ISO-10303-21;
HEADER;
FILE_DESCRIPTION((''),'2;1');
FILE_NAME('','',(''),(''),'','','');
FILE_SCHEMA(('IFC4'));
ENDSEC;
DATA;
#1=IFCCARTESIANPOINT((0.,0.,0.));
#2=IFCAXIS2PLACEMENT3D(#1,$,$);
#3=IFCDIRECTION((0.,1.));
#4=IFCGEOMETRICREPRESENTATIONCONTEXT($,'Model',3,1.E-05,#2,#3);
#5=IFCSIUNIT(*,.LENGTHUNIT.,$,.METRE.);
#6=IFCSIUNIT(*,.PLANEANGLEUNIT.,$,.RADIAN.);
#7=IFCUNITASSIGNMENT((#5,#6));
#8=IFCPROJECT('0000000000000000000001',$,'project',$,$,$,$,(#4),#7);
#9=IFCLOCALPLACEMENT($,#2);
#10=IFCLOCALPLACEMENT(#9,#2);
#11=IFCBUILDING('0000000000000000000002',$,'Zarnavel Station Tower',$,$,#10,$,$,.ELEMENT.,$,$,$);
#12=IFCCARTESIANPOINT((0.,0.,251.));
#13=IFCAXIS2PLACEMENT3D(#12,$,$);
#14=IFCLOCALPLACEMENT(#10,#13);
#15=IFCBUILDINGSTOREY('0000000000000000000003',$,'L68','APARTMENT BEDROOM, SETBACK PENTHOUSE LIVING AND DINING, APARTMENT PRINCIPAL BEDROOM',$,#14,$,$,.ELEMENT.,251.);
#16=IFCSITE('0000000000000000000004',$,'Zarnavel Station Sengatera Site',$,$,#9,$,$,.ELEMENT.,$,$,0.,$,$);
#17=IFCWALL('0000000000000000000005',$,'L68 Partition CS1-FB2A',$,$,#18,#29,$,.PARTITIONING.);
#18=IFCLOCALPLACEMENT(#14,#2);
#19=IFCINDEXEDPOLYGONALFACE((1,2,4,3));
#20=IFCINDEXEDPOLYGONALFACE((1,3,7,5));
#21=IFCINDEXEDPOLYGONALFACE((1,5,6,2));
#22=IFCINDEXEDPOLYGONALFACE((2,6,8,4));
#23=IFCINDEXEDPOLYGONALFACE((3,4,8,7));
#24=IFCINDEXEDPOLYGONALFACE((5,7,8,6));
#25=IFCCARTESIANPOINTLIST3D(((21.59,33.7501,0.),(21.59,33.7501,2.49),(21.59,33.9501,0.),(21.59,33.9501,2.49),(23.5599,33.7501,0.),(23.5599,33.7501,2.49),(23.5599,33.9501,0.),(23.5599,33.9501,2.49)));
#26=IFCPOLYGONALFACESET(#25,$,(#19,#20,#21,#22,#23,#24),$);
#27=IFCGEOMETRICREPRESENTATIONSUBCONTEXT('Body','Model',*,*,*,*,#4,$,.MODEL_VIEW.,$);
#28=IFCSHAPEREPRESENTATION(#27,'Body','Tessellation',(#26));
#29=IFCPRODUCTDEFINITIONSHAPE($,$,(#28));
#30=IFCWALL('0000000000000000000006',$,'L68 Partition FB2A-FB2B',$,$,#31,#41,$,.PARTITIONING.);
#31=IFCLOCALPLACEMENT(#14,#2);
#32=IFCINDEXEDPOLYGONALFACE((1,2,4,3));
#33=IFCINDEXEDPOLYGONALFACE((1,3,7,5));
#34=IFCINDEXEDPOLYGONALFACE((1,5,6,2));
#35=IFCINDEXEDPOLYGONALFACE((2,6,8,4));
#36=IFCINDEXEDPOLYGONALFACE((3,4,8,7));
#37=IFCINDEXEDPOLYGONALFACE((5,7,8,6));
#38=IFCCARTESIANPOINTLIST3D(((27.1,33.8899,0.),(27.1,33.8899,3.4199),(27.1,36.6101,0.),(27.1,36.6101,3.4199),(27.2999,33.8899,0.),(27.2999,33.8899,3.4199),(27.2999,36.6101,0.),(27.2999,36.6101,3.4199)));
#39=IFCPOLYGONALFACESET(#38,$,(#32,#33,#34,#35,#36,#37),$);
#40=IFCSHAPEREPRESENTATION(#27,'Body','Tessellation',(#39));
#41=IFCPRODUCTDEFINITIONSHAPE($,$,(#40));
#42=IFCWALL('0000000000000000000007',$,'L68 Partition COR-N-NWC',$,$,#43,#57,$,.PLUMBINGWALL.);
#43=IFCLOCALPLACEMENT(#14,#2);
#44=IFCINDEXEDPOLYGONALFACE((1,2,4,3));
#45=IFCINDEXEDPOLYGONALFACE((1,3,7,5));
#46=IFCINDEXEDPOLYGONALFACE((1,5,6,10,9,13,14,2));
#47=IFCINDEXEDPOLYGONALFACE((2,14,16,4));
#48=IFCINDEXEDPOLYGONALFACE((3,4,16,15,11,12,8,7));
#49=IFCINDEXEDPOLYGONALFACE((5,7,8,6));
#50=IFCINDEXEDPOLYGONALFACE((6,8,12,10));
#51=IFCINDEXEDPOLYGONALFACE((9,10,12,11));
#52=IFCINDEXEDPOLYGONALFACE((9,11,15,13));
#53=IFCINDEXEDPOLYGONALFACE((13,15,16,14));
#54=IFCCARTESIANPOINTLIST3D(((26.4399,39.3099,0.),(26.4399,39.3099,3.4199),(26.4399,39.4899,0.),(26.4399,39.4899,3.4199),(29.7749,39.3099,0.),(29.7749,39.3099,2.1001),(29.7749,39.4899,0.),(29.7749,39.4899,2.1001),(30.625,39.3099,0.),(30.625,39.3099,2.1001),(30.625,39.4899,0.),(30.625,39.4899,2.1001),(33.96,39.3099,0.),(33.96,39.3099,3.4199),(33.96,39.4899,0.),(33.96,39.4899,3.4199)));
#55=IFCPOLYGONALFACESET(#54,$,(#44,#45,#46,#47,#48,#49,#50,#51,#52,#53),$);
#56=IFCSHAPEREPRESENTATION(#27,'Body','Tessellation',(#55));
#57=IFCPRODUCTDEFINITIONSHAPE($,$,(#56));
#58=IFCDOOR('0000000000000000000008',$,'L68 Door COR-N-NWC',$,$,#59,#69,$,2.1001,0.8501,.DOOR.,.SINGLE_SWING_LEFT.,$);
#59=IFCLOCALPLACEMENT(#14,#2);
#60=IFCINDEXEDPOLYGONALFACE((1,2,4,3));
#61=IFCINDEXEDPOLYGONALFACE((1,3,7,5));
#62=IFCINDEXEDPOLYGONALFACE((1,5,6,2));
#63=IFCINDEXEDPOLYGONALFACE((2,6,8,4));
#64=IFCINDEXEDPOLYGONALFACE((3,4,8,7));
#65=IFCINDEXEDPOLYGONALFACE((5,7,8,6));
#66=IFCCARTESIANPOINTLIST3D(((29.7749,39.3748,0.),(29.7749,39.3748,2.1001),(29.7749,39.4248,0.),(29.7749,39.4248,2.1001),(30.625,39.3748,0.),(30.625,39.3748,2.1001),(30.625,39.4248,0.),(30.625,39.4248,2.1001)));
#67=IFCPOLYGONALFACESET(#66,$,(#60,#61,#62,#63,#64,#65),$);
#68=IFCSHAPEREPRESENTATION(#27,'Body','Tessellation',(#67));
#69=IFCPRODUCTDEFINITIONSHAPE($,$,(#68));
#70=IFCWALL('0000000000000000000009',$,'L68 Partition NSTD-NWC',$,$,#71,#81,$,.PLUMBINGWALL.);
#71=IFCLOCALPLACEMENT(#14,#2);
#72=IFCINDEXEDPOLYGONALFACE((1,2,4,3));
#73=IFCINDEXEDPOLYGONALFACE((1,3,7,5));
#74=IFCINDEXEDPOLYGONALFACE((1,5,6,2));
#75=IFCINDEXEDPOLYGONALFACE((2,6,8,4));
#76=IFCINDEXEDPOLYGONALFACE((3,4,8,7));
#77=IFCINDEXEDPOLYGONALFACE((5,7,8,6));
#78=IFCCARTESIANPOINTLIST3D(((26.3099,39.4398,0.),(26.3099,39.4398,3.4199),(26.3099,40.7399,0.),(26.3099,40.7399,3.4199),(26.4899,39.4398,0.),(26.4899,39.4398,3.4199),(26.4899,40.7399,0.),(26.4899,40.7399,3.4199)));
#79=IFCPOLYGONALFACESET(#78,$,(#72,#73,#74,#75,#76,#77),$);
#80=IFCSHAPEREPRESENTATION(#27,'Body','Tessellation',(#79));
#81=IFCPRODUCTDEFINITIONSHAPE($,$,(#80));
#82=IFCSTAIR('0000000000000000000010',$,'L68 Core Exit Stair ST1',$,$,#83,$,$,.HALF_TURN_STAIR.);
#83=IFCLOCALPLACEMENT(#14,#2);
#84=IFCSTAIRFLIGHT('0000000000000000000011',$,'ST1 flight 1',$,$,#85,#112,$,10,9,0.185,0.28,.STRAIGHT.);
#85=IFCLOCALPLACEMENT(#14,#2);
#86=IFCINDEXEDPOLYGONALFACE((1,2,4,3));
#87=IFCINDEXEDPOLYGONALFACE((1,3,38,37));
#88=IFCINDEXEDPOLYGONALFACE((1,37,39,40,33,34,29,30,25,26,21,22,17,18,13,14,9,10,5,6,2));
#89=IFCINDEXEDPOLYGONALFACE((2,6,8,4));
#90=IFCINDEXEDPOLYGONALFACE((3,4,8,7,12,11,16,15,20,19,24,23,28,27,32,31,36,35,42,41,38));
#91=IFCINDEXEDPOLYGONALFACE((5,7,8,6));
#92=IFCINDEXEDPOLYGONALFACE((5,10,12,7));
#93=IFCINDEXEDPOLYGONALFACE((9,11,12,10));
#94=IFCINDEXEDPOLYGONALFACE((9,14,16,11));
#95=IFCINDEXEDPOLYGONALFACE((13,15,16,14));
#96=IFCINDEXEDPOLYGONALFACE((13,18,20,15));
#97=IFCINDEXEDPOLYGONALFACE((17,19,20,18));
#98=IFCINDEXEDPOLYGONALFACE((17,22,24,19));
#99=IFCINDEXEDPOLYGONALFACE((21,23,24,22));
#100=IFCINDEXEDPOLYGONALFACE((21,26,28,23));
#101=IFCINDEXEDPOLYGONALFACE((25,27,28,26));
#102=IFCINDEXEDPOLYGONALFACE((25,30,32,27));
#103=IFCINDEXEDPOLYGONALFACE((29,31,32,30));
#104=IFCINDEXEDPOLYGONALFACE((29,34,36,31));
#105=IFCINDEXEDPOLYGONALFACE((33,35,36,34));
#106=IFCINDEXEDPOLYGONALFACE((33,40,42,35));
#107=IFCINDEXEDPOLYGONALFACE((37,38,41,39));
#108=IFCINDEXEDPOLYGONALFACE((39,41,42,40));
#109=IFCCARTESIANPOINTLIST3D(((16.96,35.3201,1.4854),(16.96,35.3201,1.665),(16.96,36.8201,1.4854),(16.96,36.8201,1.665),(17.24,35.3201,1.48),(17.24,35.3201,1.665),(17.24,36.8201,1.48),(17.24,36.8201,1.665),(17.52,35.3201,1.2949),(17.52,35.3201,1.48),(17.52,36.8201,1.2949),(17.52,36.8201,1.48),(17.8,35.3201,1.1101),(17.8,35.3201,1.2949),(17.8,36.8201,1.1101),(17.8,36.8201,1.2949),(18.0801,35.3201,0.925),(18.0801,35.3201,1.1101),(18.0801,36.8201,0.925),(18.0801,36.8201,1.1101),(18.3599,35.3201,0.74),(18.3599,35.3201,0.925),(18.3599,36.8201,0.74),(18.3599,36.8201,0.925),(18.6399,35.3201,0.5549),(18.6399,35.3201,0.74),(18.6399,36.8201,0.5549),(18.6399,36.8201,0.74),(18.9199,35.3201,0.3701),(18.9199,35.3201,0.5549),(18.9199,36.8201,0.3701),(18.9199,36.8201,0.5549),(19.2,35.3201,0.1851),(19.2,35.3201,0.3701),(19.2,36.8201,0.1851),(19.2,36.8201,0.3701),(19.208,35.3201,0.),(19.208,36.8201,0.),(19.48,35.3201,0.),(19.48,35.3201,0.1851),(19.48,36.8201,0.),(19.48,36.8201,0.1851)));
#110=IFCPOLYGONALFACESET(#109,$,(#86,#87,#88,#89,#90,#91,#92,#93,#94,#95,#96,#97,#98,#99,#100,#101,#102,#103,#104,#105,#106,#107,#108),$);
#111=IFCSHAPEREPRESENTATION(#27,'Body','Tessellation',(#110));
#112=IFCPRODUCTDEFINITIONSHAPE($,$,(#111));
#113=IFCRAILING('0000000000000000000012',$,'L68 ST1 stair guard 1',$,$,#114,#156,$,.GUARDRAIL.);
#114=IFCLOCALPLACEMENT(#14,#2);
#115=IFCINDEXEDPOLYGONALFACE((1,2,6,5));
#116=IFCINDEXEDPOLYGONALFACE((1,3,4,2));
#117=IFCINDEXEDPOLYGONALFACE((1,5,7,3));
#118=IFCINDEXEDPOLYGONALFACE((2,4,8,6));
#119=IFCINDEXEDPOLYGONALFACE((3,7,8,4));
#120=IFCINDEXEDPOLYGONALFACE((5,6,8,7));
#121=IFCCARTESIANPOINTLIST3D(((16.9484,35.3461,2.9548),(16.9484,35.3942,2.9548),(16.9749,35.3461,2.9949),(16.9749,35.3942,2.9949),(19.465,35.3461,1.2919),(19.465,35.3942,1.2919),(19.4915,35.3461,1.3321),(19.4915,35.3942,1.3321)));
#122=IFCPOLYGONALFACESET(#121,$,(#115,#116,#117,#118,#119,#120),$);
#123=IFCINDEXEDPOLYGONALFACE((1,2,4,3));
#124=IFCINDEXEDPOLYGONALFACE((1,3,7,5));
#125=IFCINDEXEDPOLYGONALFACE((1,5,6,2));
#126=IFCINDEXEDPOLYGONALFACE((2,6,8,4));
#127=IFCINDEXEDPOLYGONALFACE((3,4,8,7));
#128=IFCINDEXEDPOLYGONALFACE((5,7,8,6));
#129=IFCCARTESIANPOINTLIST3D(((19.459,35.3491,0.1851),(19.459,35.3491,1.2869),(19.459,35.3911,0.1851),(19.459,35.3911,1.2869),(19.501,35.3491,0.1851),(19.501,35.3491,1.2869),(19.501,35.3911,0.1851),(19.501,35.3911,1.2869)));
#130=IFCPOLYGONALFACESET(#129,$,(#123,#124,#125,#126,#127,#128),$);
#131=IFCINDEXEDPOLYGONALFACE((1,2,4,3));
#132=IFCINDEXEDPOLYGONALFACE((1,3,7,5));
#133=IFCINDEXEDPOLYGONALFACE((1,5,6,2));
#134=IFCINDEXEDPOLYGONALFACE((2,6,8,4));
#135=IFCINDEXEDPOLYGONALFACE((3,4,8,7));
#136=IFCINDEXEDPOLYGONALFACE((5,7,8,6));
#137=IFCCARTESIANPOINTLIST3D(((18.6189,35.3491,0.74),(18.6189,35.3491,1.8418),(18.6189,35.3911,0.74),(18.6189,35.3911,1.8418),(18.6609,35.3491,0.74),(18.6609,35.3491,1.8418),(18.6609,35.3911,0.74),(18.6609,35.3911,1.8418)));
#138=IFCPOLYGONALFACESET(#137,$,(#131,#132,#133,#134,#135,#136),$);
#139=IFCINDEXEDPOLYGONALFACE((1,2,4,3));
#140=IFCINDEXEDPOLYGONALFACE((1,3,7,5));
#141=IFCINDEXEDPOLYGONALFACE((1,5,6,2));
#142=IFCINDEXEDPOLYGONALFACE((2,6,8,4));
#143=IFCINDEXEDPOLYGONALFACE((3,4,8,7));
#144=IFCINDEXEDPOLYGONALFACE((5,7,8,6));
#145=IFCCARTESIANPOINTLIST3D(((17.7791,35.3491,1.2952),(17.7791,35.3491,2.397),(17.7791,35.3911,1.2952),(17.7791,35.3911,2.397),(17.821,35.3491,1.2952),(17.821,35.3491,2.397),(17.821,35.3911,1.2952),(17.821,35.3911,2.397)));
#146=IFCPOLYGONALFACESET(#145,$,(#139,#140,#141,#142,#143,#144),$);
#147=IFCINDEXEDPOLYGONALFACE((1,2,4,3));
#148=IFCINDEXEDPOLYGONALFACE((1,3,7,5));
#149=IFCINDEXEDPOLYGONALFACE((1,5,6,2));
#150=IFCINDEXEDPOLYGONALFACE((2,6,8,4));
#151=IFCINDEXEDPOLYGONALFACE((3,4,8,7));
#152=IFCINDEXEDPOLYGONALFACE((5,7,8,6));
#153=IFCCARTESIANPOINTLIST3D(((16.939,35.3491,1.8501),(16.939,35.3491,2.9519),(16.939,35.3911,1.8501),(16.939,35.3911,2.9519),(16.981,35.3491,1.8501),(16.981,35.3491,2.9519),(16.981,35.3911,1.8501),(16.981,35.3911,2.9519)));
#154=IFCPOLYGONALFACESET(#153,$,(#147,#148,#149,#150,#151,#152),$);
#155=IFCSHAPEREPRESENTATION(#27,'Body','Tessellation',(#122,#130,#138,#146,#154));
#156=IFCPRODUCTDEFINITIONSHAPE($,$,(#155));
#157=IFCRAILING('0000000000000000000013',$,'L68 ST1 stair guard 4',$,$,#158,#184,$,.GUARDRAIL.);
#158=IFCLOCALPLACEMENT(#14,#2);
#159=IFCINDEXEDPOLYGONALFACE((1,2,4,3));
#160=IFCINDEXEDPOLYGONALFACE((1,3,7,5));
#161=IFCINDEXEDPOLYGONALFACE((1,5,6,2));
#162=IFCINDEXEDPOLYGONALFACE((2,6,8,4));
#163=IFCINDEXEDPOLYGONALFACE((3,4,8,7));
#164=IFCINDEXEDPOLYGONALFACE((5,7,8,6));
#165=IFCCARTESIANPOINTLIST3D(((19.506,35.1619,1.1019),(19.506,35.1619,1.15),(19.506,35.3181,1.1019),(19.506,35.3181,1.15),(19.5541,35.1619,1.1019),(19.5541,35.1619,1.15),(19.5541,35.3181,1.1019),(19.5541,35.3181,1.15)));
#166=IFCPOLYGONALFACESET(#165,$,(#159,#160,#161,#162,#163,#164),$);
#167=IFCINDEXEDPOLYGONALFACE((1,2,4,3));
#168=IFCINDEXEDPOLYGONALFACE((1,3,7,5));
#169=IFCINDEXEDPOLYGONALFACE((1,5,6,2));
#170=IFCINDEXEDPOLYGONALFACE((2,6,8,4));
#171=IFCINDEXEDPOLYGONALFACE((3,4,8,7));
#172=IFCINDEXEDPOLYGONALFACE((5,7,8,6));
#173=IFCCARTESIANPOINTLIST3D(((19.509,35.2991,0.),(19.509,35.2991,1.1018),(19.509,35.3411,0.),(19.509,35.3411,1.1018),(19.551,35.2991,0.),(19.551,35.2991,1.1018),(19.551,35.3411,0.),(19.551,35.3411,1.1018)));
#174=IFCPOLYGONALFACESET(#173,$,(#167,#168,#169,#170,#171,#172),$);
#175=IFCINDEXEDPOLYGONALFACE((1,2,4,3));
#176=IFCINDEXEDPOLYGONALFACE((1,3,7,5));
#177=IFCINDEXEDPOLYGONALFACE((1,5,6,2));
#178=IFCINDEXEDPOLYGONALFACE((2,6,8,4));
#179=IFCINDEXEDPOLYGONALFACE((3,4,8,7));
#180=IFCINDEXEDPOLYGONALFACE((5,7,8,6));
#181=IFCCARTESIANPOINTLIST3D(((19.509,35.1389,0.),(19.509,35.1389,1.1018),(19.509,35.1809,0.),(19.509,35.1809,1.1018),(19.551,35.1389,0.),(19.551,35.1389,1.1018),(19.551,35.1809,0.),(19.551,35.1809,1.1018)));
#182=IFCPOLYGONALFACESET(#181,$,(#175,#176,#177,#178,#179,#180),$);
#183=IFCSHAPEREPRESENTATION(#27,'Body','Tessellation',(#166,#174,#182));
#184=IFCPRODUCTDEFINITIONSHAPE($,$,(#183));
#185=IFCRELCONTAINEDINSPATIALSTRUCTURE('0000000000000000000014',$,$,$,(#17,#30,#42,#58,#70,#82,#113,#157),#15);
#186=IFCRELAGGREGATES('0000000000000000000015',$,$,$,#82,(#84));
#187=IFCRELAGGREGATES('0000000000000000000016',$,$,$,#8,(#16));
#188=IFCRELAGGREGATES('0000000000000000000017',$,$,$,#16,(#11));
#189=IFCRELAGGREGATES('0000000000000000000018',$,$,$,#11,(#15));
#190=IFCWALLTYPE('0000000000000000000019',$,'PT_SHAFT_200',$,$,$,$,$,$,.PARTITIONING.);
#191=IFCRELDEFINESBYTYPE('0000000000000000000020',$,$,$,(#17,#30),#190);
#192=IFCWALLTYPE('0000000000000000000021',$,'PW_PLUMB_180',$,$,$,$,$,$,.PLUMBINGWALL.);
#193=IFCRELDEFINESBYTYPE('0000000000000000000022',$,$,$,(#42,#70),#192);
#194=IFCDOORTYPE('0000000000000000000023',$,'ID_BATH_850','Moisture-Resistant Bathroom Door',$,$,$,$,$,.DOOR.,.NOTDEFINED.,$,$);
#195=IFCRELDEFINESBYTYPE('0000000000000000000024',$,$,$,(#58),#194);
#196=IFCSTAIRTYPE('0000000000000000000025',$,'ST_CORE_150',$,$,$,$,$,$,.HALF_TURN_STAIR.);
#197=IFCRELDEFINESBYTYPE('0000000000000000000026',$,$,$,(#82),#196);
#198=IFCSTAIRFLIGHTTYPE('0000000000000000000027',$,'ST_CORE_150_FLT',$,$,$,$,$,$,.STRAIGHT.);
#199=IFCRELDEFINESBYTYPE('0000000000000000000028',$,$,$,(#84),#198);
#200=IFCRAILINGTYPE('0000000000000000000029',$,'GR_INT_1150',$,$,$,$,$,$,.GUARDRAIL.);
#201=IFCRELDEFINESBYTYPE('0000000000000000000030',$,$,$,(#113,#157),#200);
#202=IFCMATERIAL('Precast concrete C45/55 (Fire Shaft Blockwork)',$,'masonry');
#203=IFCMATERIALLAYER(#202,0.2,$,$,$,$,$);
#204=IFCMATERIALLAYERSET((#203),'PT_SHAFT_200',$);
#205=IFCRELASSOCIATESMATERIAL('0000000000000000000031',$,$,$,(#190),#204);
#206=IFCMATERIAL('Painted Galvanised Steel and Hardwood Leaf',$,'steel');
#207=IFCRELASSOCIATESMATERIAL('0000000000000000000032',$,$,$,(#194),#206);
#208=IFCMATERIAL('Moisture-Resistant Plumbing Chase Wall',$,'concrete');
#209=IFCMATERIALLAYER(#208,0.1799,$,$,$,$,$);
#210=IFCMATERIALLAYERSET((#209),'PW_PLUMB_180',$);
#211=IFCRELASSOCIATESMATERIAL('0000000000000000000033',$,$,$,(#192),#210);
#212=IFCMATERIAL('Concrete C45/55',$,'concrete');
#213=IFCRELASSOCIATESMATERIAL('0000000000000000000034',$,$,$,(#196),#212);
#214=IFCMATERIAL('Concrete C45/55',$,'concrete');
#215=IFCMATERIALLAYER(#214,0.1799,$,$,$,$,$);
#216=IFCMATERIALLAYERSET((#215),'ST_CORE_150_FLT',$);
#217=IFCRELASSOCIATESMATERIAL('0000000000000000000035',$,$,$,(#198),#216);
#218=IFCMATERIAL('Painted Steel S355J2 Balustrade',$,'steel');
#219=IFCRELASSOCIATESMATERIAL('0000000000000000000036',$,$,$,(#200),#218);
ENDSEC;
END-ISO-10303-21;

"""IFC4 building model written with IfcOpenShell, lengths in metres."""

from ifc_helpers import new_model, si_unit, direction, frame, frame_2d, origin, origin_2d, place, context, subcontext, project, spatial, polyline, rectangle, outline, extrude, material, layer, layer_set, type_object, element, fill, aggregate, save


model = new_model("IFC4")

# Units and contexts
model_context = context("Model", 3, precision=1e-05, world=origin(), true_north=direction((0.0, 1.0)))
body_context = subcontext(model_context, "Body", "Model", "MODEL_VIEW")
ifc_project = project(units=[si_unit("LENGTHUNIT", "METRE"), si_unit("PLANEANGLEUNIT", "RADIAN")], contexts=[model_context])

# Site, building, storey
site_placement = place(None, origin())
site = spatial("IfcSite", under=ifc_project, at=site_placement, Name="Zarnavel Station Sengatera Site", CompositionType="ELEMENT", RefElevation=0.0)
building_placement = place(site_placement, origin())
building = spatial("IfcBuilding", under=site, at=building_placement, Name="Zarnavel Station Tower", CompositionType="ELEMENT")
storey_placement = place(building_placement, frame((0.0, 0.0, 251.0)))
storey = spatial("IfcBuildingStorey", under=building, at=storey_placement, Name="L68", Description="APARTMENT BEDROOM, SETBACK PENTHOUSE LIVING AND DINING, APARTMENT PRINCIPAL BEDROOM", CompositionType="ELEMENT", Elevation=251.0)

# Shared definitions
ifc_material_1 = material(Name="Precast concrete C45/55 (Fire Shaft Blockwork)", Category="masonry")
ifc_layer_1 = layer(ifc_material_1, 0.2)
ifc_layer_set_1 = layer_set([ifc_layer_1], Name="PT_SHAFT_200")
wall_type_1 = type_object("IfcWallType", Name="PT_SHAFT_200", PredefinedType="PARTITIONING", material=ifc_layer_set_1)

# Shared definitions
ifc_material_2 = material(Name="Painted Galvanised Steel and Hardwood Leaf", Category="steel")
door_type_1 = type_object("IfcDoorType", Name="ID_BATH_850", Description="Moisture-Resistant Bathroom Door", OperationType="NOTDEFINED", PredefinedType="DOOR", material=ifc_material_2)

# Walls
wall_1_placement = place(storey_placement, frame((21.5901, 33.8501, 0.0), z_axis=(0.0, 0.0, 1.0), x_axis=(1.0, 0.0, 0.0)))
element("IfcWall", 1, at=wall_1_placement, inside=storey, type_object=wall_type_1, Name="L68 Partition CS1-FB2A", PredefinedType="PARTITIONING", context=body_context, shape_type="SweptSolid", body=[
    extrude(rectangle(XDim=1.97, YDim=0.2, at=frame_2d((0.9849, 0.0))), origin(), (0.0, 0.0, 1.0), 2.49),
])
wall_2_placement = place(storey_placement, frame((27.2, 33.8899, 0.0), z_axis=(0.0, 0.0, 1.0), x_axis=(0.0, 1.0, 0.0)))
element("IfcWall", 2, at=wall_2_placement, inside=storey, type_object=wall_type_1, Name="L68 Partition FB2A-FB2B", PredefinedType="PARTITIONING", context=body_context, shape_type="SweptSolid", body=[
    extrude(rectangle(XDim=2.7202, YDim=0.2, at=frame_2d((1.3601, 0.0))), origin(), (0.0, 0.0, 1.0), 3.4199),
])

# Wall, opening, door
ifc_material_3 = material(Name="Moisture-Resistant Plumbing Chase Wall", Category="concrete")
ifc_layer_2 = layer(ifc_material_3, 0.1799)
ifc_layer_set_2 = layer_set([ifc_layer_2], Name="PW_PLUMB_180")
wall_type_2 = type_object("IfcWallType", Name="PW_PLUMB_180", PredefinedType="PLUMBINGWALL", material=ifc_layer_set_2)
wall_3_placement = place(storey_placement, frame((26.4399, 39.3999, 0.0), z_axis=(0.0, 0.0, 1.0), x_axis=(1.0, 0.0, 0.0)))
wall_3 = element("IfcWall", 3, at=wall_3_placement, inside=storey, type_object=wall_type_2, Name="L68 Partition COR-N-NWC", PredefinedType="PLUMBINGWALL", context=body_context, shape_type="SweptSolid", body=[
    extrude(rectangle(XDim=7.52, YDim=0.1799, at=frame_2d((3.76, 0.0))), origin(), (0.0, 0.0, 1.0), 3.4199),
])
opening_1_placement = place(wall_3_placement, frame((3.335, 0.0, 0.0)))
opening_1 = element("IfcOpeningElement", 4, at=opening_1_placement, cuts=wall_3, PredefinedType="OPENING", context=body_context, shape_type="SweptSolid", body=[
    extrude(rectangle(XDim=0.8501, YDim=2.1001, at=frame_2d((0.425, 1.05))), frame((0.0, 0.0999, 0.0), z_axis=(0.0, -1.0, 0.0), x_axis=(1.0, 0.0, 0.0)), (0.0, 0.0, 1.0), 0.2),
])
door_1_placement = place(opening_1_placement, origin())
door_1 = element("IfcDoor", 5, at=door_1_placement, inside=storey, type_object=door_type_1, Name="L68 Door COR-N-NWC", OperationType="SINGLE_SWING_LEFT", OverallHeight=2.1001, OverallWidth=0.8501, PredefinedType="DOOR", context=body_context, shape_type="SweptSolid", body=[
    extrude(rectangle(XDim=0.8501, YDim=2.1001, at=frame_2d((0.425, 1.05))), frame((0.0, 0.0249, 0.0), z_axis=(0.0, -1.0, 0.0), x_axis=(1.0, 0.0, 0.0)), (0.0, 0.0, 1.0), 0.05),
])
fill(opening_1, door_1)

# Wall
wall_4_placement = place(storey_placement, frame((26.3999, 39.4399, 0.0), z_axis=(0.0, 0.0, 1.0), x_axis=(0.0, 1.0, 0.0)))
element("IfcWall", 6, at=wall_4_placement, inside=storey, type_object=wall_type_2, Name="L68 Partition NSTD-NWC", PredefinedType="PLUMBINGWALL", context=body_context, shape_type="SweptSolid", body=[
    extrude(rectangle(XDim=1.3, YDim=0.1799, at=frame_2d((0.6499, 0.0))), origin(), (0.0, 0.0, 1.0), 3.4199),
])

# Stair, stair flight
ifc_material_4 = material(Name="Concrete C45/55", Category="concrete")
stair_type = type_object("IfcStairType", Name="ST_CORE_150", PredefinedType="HALF_TURN_STAIR", material=ifc_material_4)
stair_placement = place(storey_placement, origin())
stair = element("IfcStair", 7, at=stair_placement, inside=storey, type_object=stair_type, Name="L68 Core Exit Stair ST1", PredefinedType="HALF_TURN_STAIR")
ifc_material_5 = material(Name="Concrete C45/55", Category="concrete")
ifc_layer_3 = layer(ifc_material_5, 0.1799)
ifc_layer_set_3 = layer_set([ifc_layer_3], Name="ST_CORE_150_FLT")
stair_flight_type = type_object("IfcStairFlightType", Name="ST_CORE_150_FLT", PredefinedType="STRAIGHT", material=ifc_layer_set_3)
stair_flight_placement = place(storey_placement, frame((19.48, 36.0701, 0.0), z_axis=(0.0, 0.0, 1.0), x_axis=(-1.0, 0.0, 0.0)))
stair_flight = element("IfcStairFlight", 8, at=stair_flight_placement, type_object=stair_flight_type, Name="ST1 flight 1", NumberOfRisers=10, NumberOfTreads=9, PredefinedType="STRAIGHT", RiserHeight=0.185, TreadLength=0.28, context=body_context, shape_type="SweptSolid", body=[
    extrude(outline(polyline([(0.0, 0.0), (0.0, 0.1851), (0.28, 0.1851), (0.28, 0.3701), (0.5601, 0.3701), (0.5601, 0.5549), (0.8401, 0.5549), (0.8401, 0.74), (1.1201, 0.74), (1.1201, 0.925), (1.3999, 0.925), (1.3999, 1.1101), (1.6799, 1.1101), (1.6799, 1.2949), (1.96, 1.2949), (1.96, 1.48), (2.24, 1.48), (2.24, 1.665), (2.52, 1.665), (2.52, 1.8501), (2.52, 1.4854), (0.272, 0.0), (0.0, 0.0)])), frame((0.0, 0.75, 0.0), z_axis=(0.0, -1.0, 0.0), x_axis=(1.0, 0.0, 0.0)), (0.0, 0.0, 1.0), 1.5),
])
aggregate(stair, [stair_flight])

# Railings
ifc_material_6 = material(Name="Painted Steel S355J2 Balustrade", Category="steel")
railing_type_1 = type_object("IfcRailingType", Name="GR_INT_1150", PredefinedType="GUARDRAIL", material=ifc_material_6)
railing_1_placement = place(storey_placement, frame((19.48, 35.3701, 0.1851)))
element("IfcRailing", 9, at=railing_1_placement, inside=storey, type_object=railing_type_1, Name="L68 ST1 stair guard 1", PredefinedType="GUARDRAIL", context=body_context, shape_type="SweptSolid", body=[
    extrude(rectangle(XDim=0.0481, YDim=0.0481, at=origin_2d()), frame((-0.0017, 0.0, 1.127), z_axis=(-0.834331, 0.0, 0.551263), x_axis=(0.0, -1.0, 0.0)), (0.0, 0.0, 1.0), 3.0164),
    extrude(rectangle(XDim=0.042, YDim=0.042, at=origin_2d()), origin(), (0.0, 0.0, 1.0), 1.1018),
    extrude(rectangle(XDim=0.042, YDim=0.042, at=origin_2d()), frame((-0.8401, 0.0, 0.5549)), (0.0, 0.0, 1.0), 1.1018),
    extrude(rectangle(XDim=0.042, YDim=0.042, at=origin_2d()), frame((-1.6799, 0.0, 1.1101)), (0.0, 0.0, 1.0), 1.1018),
    extrude(rectangle(XDim=0.042, YDim=0.042, at=origin_2d()), frame((-2.52, 0.0, 1.665)), (0.0, 0.0, 1.0), 1.1018),
])
railing_2_placement = place(storey_placement, frame((19.53, 35.3201, 0.0)))
element("IfcRailing", 10, at=railing_2_placement, inside=storey, type_object=railing_type_1, Name="L68 ST1 stair guard 4", PredefinedType="GUARDRAIL", context=body_context, shape_type="SweptSolid", body=[
    extrude(rectangle(XDim=0.0481, YDim=0.0481, at=origin_2d()), frame((0.0, -0.002, 1.126), z_axis=(0.0, -1.0, 0.0), x_axis=(1.0, 0.0, 0.0)), (0.0, 0.0, 1.0), 0.1562),
    extrude(rectangle(XDim=0.042, YDim=0.042, at=origin_2d()), origin(), (0.0, 0.0, 1.0), 1.1018),
    extrude(rectangle(XDim=0.042, YDim=0.042, at=origin_2d()), frame((0.0, -0.1602, 0.0)), (0.0, 0.0, 1.0), 1.1018),
])

save(model, "model.ifc")
